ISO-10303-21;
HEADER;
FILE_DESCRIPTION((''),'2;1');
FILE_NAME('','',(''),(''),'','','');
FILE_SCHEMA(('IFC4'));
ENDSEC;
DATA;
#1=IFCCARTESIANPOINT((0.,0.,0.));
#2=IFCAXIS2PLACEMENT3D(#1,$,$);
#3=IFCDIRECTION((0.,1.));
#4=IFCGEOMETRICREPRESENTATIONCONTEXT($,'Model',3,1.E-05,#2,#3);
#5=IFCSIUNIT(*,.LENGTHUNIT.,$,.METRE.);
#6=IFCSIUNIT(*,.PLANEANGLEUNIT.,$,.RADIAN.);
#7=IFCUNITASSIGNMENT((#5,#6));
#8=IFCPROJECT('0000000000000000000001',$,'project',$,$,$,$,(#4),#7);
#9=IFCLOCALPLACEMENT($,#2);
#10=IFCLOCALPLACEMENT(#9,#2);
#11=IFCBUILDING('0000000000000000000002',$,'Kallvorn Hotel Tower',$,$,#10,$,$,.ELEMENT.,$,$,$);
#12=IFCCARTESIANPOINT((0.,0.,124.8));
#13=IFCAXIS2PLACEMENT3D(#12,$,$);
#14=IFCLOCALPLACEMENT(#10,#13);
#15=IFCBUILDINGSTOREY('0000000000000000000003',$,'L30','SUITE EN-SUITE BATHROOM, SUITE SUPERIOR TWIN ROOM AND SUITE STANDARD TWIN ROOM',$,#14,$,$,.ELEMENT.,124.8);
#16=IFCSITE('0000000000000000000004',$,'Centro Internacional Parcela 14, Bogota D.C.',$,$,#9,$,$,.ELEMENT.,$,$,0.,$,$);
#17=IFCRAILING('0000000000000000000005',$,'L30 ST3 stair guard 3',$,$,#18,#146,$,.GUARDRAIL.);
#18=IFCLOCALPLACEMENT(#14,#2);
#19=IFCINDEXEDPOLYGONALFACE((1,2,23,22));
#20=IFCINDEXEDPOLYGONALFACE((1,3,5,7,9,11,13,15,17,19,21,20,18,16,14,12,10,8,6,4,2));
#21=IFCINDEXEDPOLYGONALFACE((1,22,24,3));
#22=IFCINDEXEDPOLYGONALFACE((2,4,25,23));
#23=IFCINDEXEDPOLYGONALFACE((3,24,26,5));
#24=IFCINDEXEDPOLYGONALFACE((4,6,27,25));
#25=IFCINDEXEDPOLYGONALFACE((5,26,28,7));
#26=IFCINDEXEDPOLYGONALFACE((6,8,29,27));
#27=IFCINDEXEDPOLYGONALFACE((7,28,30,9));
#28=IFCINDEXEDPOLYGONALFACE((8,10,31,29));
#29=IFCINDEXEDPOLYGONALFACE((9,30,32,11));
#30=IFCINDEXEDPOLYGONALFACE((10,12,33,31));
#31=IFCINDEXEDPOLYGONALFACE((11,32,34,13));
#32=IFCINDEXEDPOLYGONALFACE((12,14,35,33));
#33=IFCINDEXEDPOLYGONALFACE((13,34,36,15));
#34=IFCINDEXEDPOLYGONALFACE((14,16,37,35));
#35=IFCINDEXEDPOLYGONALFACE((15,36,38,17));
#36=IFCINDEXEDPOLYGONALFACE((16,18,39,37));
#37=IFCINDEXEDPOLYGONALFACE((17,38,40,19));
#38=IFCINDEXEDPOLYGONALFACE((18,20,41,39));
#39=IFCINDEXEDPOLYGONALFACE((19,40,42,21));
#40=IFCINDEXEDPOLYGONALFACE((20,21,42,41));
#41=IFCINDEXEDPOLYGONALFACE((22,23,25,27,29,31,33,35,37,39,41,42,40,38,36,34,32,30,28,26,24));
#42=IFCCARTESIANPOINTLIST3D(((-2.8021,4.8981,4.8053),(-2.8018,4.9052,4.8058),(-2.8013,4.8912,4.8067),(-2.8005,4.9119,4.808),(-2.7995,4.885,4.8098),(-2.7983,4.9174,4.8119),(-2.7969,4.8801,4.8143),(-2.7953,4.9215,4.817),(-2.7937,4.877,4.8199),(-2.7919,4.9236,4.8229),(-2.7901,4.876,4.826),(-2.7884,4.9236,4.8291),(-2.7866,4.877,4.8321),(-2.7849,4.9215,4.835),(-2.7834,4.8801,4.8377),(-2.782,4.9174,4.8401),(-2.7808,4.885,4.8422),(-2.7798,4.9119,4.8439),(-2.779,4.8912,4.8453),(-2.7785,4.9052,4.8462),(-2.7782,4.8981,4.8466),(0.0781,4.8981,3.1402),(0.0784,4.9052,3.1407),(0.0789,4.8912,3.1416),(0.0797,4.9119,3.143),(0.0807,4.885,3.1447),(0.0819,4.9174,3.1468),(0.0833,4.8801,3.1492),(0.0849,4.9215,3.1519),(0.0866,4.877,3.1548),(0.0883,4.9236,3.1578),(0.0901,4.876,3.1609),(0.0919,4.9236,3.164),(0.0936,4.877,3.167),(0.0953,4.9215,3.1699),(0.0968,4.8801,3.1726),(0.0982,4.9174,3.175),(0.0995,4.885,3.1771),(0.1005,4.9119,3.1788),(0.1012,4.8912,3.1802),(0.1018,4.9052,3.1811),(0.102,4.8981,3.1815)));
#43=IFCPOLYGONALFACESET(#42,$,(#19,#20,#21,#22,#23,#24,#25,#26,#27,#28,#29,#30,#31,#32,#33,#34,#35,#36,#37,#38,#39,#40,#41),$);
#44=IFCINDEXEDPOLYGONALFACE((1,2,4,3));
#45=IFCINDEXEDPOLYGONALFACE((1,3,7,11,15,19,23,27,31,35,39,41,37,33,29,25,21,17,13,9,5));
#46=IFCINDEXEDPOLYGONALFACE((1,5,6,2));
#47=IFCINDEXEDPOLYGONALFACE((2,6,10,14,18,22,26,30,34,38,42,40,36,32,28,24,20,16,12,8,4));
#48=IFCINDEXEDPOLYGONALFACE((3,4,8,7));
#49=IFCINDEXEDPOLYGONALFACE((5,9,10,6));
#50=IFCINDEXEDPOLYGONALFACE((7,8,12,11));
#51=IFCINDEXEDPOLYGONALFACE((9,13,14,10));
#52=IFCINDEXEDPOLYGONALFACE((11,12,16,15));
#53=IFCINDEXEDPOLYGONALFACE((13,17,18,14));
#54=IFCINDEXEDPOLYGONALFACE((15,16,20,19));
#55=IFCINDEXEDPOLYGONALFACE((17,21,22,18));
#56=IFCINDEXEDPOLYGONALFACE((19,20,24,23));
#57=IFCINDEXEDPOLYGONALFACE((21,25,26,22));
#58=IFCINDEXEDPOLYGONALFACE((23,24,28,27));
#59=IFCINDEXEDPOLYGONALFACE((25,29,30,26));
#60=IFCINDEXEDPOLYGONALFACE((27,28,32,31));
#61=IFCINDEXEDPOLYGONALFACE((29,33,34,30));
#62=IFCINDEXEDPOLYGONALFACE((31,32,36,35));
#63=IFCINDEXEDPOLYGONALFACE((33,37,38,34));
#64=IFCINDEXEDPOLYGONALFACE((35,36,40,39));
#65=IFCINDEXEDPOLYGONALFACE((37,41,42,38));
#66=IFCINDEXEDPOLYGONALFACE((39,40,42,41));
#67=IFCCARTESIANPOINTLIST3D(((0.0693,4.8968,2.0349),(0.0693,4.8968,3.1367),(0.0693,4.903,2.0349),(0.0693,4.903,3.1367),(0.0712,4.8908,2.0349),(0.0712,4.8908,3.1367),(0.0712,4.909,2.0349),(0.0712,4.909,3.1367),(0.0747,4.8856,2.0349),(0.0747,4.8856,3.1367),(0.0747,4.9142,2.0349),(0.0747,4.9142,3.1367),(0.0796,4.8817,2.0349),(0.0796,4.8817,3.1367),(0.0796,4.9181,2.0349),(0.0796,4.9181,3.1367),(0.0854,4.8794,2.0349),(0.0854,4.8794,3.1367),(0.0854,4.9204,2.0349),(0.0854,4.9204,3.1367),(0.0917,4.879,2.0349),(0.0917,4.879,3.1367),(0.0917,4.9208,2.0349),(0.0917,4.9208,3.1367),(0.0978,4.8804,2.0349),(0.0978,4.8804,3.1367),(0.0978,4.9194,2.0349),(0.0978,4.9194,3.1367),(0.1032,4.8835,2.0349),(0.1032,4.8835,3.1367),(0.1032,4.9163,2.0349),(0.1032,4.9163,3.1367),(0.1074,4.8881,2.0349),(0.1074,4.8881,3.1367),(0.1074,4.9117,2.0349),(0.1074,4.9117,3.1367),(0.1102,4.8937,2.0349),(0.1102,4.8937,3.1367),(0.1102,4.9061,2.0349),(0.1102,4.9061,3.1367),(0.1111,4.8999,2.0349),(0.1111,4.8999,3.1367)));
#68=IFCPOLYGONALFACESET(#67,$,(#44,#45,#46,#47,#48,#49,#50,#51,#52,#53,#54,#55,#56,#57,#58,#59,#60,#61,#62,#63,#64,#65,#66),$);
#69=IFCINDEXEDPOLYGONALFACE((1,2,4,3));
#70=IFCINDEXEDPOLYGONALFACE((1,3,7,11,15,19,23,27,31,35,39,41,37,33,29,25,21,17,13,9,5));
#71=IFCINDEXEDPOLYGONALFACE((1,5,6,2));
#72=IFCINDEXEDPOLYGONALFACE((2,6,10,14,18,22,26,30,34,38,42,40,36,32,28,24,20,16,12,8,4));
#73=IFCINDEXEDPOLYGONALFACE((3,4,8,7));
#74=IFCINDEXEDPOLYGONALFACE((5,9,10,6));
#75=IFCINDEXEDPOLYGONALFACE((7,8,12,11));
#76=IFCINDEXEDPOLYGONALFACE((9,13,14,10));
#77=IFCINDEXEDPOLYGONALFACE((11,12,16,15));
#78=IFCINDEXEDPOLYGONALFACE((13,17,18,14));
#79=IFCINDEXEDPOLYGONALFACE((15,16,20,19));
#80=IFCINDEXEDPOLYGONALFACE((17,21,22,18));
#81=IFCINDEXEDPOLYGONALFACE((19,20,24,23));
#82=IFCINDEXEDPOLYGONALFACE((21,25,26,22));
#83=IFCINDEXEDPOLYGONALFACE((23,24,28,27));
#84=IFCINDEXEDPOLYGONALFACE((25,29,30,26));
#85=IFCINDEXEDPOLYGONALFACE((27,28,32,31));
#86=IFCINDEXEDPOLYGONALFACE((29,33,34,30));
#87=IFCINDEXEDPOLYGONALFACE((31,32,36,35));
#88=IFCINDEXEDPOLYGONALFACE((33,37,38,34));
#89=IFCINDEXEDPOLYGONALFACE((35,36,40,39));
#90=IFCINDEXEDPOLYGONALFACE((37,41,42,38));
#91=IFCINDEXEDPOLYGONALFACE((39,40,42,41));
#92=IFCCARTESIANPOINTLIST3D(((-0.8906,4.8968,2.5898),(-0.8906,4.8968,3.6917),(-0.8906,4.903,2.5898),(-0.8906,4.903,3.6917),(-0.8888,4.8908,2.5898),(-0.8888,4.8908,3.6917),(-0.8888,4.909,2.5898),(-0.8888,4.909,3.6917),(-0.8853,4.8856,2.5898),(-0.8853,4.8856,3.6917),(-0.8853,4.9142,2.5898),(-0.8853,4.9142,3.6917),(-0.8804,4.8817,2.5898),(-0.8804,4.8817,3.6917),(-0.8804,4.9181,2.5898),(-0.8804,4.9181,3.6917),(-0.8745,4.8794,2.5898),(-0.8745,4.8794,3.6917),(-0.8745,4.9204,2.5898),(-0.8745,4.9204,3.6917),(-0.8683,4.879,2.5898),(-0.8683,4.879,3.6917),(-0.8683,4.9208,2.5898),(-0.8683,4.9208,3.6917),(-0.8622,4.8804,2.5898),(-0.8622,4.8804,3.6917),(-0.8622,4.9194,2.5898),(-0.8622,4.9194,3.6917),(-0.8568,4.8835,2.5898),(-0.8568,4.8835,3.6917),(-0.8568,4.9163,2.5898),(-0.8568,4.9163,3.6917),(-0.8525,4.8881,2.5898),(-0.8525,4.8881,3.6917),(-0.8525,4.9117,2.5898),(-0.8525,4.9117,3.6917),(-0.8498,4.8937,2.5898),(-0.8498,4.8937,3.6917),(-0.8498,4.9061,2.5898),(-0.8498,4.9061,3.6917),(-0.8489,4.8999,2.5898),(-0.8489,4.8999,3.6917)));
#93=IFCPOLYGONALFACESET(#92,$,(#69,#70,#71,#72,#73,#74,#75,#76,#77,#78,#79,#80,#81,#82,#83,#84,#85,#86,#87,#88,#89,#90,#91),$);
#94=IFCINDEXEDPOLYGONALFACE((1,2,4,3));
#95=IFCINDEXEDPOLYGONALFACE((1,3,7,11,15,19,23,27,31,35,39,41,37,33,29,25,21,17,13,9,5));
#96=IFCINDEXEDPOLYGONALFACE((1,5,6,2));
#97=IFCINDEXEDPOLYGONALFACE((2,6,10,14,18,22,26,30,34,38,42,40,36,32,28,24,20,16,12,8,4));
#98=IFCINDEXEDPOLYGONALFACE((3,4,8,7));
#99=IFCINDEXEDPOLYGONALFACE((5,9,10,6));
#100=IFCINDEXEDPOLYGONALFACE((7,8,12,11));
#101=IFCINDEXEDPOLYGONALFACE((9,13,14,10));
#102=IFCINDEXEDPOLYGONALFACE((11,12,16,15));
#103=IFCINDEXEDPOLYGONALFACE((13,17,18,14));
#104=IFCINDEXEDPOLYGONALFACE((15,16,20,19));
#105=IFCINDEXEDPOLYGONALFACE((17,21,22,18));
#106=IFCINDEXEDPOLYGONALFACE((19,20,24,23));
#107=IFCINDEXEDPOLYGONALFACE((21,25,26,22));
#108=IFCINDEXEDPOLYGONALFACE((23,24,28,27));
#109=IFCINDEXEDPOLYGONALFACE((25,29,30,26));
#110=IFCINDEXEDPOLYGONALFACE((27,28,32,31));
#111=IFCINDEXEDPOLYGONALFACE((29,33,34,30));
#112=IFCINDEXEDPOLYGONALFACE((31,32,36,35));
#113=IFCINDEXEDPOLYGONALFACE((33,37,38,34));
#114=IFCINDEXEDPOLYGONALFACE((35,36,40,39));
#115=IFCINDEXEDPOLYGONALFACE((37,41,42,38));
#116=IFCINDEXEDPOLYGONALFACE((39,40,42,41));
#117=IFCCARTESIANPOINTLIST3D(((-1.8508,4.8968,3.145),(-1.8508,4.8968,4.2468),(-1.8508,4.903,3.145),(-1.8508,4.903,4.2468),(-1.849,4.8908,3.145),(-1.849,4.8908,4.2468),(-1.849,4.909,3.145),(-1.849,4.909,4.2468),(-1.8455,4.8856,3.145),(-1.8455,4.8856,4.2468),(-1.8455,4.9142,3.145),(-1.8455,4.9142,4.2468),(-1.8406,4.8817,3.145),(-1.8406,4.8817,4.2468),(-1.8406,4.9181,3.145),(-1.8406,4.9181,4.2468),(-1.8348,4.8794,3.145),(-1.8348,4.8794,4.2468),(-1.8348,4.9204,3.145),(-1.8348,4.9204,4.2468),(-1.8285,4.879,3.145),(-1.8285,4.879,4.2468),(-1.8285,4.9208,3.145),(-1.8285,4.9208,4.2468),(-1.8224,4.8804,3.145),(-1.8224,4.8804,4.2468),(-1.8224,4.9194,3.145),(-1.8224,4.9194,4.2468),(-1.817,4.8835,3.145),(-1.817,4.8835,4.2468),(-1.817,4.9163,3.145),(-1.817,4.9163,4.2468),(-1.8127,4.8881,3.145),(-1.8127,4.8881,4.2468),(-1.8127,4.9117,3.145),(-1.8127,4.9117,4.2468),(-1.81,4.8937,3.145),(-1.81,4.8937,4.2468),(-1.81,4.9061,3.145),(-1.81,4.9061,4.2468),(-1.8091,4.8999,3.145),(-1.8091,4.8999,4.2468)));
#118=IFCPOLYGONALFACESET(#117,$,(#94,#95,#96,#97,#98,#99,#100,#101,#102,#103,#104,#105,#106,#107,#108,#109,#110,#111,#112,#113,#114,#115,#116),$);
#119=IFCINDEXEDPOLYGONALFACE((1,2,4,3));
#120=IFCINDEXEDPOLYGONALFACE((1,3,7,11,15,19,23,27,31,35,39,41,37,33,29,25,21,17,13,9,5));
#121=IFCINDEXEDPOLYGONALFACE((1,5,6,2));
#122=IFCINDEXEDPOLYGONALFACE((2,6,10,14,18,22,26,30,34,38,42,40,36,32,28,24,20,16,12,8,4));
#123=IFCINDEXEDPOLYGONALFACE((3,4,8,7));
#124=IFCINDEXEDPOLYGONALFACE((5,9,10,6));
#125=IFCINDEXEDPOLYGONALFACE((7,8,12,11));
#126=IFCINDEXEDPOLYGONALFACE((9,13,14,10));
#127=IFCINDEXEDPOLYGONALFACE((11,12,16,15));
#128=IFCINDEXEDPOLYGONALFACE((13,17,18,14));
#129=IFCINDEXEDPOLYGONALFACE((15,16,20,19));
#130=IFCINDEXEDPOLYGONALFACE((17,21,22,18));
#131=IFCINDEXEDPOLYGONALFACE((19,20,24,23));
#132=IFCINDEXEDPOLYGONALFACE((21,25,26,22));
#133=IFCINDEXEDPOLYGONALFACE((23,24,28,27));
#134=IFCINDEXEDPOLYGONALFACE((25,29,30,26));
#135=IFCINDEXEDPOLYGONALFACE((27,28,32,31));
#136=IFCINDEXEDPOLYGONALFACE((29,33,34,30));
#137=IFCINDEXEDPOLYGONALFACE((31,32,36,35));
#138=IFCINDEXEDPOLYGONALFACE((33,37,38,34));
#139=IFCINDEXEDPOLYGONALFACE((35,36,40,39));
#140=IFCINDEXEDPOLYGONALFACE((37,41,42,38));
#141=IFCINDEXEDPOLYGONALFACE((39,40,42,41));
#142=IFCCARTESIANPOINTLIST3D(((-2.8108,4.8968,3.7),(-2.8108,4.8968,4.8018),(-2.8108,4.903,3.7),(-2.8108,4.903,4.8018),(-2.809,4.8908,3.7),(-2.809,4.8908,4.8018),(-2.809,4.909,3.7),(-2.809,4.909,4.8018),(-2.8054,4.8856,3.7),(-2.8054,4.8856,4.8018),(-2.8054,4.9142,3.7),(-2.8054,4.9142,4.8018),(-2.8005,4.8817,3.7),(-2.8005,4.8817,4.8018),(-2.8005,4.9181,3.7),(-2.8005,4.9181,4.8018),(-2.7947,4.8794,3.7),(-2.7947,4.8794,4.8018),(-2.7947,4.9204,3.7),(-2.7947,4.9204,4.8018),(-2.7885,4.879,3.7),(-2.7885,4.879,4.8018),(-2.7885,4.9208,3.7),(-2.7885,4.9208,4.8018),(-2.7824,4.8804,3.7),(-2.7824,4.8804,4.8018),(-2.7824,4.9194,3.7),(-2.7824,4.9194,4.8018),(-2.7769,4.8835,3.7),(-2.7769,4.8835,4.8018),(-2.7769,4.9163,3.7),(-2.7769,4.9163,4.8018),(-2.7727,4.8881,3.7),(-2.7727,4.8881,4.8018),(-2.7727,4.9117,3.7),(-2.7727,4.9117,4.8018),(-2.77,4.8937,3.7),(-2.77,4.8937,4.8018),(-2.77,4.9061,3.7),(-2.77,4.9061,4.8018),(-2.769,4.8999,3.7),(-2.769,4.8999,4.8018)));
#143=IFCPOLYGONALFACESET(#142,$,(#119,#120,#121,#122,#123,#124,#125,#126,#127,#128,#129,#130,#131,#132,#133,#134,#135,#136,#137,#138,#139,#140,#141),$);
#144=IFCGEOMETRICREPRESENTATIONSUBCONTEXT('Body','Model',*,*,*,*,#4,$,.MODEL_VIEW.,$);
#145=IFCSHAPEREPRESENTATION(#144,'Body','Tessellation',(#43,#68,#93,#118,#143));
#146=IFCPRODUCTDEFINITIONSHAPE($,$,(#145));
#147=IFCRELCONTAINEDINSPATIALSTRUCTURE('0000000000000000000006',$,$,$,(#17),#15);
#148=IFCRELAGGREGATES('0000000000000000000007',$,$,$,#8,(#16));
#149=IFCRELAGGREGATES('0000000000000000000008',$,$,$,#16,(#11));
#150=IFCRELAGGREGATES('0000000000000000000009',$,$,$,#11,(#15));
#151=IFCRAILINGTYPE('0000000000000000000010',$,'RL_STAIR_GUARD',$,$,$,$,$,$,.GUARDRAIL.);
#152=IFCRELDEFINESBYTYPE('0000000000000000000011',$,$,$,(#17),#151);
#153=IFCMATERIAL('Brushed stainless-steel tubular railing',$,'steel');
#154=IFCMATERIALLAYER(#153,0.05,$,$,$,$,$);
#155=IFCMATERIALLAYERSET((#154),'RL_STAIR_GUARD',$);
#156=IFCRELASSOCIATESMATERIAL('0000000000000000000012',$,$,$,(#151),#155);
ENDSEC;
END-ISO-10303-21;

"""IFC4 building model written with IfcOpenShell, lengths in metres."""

from ifc_helpers import new_model, si_unit, direction, frame, origin, origin_2d, place, context, subcontext, project, spatial, circle, extrude, material, layer, layer_set, type_object, element, save


model = new_model("IFC4")

# Units and contexts
model_context = context("Model", 3, precision=1e-05, world=origin(), true_north=direction((0.0, 1.0)))
body_context = subcontext(model_context, "Body", "Model", "MODEL_VIEW")
ifc_project = project(units=[si_unit("LENGTHUNIT", "METRE"), si_unit("PLANEANGLEUNIT", "RADIAN")], contexts=[model_context])

# Site, building, storey
site_placement = place(None, origin())
site = spatial("IfcSite", under=ifc_project, at=site_placement, Name="Centro Internacional Parcela 14, Bogota D.C.", CompositionType="ELEMENT", RefElevation=0.0)
building_placement = place(site_placement, origin())
building = spatial("IfcBuilding", under=site, at=building_placement, Name="Kallvorn Hotel Tower", CompositionType="ELEMENT")
storey_placement = place(building_placement, frame((0.0, 0.0, 124.8)))
storey = spatial("IfcBuildingStorey", under=building, at=storey_placement, Name="L30", Description="SUITE EN-SUITE BATHROOM, SUITE SUPERIOR TWIN ROOM AND SUITE STANDARD TWIN ROOM", CompositionType="ELEMENT", Elevation=124.8)

# Railing
ifc_material_1 = material(Name="Brushed stainless-steel tubular railing", Category="steel")
ifc_layer_1 = layer(ifc_material_1, 0.05)
ifc_layer_set_1 = layer_set([ifc_layer_1], Name="RL_STAIR_GUARD")
railing_type_1 = type_object("IfcRailingType", Name="RL_STAIR_GUARD", PredefinedType="GUARDRAIL", material=ifc_layer_set_1)
railing_1_placement = place(storey_placement, frame((0.0901, 4.8999, 2.0349)))
element("IfcRailing", 1, at=railing_1_placement, inside=storey, type_object=railing_type_1, Name="L30 ST3 stair guard 3", PredefinedType="GUARDRAIL", context=body_context, shape_type="SweptSolid", body=[
    extrude(circle(Radius=0.0239, at=origin_2d()), frame((0.0, 0.0, 1.126), z_axis=(-0.865739, 0.0, 0.500495), x_axis=(0.0, -1.0, 0.0)), (0.0, 0.0, 1.0), 3.3269),
    extrude(circle(Radius=0.021, at=origin_2d()), origin(), (0.0, 0.0, 1.0), 1.1018),
    extrude(circle(Radius=0.021, at=origin_2d()), frame((-0.96, 0.0, 0.5549)), (0.0, 0.0, 1.0), 1.1018),
    extrude(circle(Radius=0.021, at=origin_2d()), frame((-1.9202, 0.0, 1.1101)), (0.0, 0.0, 1.0), 1.1018),
    extrude(circle(Radius=0.021, at=origin_2d()), frame((-2.8801, 0.0, 1.665)), (0.0, 0.0, 1.0), 1.1018),
])

save(model, "model.ifc")
